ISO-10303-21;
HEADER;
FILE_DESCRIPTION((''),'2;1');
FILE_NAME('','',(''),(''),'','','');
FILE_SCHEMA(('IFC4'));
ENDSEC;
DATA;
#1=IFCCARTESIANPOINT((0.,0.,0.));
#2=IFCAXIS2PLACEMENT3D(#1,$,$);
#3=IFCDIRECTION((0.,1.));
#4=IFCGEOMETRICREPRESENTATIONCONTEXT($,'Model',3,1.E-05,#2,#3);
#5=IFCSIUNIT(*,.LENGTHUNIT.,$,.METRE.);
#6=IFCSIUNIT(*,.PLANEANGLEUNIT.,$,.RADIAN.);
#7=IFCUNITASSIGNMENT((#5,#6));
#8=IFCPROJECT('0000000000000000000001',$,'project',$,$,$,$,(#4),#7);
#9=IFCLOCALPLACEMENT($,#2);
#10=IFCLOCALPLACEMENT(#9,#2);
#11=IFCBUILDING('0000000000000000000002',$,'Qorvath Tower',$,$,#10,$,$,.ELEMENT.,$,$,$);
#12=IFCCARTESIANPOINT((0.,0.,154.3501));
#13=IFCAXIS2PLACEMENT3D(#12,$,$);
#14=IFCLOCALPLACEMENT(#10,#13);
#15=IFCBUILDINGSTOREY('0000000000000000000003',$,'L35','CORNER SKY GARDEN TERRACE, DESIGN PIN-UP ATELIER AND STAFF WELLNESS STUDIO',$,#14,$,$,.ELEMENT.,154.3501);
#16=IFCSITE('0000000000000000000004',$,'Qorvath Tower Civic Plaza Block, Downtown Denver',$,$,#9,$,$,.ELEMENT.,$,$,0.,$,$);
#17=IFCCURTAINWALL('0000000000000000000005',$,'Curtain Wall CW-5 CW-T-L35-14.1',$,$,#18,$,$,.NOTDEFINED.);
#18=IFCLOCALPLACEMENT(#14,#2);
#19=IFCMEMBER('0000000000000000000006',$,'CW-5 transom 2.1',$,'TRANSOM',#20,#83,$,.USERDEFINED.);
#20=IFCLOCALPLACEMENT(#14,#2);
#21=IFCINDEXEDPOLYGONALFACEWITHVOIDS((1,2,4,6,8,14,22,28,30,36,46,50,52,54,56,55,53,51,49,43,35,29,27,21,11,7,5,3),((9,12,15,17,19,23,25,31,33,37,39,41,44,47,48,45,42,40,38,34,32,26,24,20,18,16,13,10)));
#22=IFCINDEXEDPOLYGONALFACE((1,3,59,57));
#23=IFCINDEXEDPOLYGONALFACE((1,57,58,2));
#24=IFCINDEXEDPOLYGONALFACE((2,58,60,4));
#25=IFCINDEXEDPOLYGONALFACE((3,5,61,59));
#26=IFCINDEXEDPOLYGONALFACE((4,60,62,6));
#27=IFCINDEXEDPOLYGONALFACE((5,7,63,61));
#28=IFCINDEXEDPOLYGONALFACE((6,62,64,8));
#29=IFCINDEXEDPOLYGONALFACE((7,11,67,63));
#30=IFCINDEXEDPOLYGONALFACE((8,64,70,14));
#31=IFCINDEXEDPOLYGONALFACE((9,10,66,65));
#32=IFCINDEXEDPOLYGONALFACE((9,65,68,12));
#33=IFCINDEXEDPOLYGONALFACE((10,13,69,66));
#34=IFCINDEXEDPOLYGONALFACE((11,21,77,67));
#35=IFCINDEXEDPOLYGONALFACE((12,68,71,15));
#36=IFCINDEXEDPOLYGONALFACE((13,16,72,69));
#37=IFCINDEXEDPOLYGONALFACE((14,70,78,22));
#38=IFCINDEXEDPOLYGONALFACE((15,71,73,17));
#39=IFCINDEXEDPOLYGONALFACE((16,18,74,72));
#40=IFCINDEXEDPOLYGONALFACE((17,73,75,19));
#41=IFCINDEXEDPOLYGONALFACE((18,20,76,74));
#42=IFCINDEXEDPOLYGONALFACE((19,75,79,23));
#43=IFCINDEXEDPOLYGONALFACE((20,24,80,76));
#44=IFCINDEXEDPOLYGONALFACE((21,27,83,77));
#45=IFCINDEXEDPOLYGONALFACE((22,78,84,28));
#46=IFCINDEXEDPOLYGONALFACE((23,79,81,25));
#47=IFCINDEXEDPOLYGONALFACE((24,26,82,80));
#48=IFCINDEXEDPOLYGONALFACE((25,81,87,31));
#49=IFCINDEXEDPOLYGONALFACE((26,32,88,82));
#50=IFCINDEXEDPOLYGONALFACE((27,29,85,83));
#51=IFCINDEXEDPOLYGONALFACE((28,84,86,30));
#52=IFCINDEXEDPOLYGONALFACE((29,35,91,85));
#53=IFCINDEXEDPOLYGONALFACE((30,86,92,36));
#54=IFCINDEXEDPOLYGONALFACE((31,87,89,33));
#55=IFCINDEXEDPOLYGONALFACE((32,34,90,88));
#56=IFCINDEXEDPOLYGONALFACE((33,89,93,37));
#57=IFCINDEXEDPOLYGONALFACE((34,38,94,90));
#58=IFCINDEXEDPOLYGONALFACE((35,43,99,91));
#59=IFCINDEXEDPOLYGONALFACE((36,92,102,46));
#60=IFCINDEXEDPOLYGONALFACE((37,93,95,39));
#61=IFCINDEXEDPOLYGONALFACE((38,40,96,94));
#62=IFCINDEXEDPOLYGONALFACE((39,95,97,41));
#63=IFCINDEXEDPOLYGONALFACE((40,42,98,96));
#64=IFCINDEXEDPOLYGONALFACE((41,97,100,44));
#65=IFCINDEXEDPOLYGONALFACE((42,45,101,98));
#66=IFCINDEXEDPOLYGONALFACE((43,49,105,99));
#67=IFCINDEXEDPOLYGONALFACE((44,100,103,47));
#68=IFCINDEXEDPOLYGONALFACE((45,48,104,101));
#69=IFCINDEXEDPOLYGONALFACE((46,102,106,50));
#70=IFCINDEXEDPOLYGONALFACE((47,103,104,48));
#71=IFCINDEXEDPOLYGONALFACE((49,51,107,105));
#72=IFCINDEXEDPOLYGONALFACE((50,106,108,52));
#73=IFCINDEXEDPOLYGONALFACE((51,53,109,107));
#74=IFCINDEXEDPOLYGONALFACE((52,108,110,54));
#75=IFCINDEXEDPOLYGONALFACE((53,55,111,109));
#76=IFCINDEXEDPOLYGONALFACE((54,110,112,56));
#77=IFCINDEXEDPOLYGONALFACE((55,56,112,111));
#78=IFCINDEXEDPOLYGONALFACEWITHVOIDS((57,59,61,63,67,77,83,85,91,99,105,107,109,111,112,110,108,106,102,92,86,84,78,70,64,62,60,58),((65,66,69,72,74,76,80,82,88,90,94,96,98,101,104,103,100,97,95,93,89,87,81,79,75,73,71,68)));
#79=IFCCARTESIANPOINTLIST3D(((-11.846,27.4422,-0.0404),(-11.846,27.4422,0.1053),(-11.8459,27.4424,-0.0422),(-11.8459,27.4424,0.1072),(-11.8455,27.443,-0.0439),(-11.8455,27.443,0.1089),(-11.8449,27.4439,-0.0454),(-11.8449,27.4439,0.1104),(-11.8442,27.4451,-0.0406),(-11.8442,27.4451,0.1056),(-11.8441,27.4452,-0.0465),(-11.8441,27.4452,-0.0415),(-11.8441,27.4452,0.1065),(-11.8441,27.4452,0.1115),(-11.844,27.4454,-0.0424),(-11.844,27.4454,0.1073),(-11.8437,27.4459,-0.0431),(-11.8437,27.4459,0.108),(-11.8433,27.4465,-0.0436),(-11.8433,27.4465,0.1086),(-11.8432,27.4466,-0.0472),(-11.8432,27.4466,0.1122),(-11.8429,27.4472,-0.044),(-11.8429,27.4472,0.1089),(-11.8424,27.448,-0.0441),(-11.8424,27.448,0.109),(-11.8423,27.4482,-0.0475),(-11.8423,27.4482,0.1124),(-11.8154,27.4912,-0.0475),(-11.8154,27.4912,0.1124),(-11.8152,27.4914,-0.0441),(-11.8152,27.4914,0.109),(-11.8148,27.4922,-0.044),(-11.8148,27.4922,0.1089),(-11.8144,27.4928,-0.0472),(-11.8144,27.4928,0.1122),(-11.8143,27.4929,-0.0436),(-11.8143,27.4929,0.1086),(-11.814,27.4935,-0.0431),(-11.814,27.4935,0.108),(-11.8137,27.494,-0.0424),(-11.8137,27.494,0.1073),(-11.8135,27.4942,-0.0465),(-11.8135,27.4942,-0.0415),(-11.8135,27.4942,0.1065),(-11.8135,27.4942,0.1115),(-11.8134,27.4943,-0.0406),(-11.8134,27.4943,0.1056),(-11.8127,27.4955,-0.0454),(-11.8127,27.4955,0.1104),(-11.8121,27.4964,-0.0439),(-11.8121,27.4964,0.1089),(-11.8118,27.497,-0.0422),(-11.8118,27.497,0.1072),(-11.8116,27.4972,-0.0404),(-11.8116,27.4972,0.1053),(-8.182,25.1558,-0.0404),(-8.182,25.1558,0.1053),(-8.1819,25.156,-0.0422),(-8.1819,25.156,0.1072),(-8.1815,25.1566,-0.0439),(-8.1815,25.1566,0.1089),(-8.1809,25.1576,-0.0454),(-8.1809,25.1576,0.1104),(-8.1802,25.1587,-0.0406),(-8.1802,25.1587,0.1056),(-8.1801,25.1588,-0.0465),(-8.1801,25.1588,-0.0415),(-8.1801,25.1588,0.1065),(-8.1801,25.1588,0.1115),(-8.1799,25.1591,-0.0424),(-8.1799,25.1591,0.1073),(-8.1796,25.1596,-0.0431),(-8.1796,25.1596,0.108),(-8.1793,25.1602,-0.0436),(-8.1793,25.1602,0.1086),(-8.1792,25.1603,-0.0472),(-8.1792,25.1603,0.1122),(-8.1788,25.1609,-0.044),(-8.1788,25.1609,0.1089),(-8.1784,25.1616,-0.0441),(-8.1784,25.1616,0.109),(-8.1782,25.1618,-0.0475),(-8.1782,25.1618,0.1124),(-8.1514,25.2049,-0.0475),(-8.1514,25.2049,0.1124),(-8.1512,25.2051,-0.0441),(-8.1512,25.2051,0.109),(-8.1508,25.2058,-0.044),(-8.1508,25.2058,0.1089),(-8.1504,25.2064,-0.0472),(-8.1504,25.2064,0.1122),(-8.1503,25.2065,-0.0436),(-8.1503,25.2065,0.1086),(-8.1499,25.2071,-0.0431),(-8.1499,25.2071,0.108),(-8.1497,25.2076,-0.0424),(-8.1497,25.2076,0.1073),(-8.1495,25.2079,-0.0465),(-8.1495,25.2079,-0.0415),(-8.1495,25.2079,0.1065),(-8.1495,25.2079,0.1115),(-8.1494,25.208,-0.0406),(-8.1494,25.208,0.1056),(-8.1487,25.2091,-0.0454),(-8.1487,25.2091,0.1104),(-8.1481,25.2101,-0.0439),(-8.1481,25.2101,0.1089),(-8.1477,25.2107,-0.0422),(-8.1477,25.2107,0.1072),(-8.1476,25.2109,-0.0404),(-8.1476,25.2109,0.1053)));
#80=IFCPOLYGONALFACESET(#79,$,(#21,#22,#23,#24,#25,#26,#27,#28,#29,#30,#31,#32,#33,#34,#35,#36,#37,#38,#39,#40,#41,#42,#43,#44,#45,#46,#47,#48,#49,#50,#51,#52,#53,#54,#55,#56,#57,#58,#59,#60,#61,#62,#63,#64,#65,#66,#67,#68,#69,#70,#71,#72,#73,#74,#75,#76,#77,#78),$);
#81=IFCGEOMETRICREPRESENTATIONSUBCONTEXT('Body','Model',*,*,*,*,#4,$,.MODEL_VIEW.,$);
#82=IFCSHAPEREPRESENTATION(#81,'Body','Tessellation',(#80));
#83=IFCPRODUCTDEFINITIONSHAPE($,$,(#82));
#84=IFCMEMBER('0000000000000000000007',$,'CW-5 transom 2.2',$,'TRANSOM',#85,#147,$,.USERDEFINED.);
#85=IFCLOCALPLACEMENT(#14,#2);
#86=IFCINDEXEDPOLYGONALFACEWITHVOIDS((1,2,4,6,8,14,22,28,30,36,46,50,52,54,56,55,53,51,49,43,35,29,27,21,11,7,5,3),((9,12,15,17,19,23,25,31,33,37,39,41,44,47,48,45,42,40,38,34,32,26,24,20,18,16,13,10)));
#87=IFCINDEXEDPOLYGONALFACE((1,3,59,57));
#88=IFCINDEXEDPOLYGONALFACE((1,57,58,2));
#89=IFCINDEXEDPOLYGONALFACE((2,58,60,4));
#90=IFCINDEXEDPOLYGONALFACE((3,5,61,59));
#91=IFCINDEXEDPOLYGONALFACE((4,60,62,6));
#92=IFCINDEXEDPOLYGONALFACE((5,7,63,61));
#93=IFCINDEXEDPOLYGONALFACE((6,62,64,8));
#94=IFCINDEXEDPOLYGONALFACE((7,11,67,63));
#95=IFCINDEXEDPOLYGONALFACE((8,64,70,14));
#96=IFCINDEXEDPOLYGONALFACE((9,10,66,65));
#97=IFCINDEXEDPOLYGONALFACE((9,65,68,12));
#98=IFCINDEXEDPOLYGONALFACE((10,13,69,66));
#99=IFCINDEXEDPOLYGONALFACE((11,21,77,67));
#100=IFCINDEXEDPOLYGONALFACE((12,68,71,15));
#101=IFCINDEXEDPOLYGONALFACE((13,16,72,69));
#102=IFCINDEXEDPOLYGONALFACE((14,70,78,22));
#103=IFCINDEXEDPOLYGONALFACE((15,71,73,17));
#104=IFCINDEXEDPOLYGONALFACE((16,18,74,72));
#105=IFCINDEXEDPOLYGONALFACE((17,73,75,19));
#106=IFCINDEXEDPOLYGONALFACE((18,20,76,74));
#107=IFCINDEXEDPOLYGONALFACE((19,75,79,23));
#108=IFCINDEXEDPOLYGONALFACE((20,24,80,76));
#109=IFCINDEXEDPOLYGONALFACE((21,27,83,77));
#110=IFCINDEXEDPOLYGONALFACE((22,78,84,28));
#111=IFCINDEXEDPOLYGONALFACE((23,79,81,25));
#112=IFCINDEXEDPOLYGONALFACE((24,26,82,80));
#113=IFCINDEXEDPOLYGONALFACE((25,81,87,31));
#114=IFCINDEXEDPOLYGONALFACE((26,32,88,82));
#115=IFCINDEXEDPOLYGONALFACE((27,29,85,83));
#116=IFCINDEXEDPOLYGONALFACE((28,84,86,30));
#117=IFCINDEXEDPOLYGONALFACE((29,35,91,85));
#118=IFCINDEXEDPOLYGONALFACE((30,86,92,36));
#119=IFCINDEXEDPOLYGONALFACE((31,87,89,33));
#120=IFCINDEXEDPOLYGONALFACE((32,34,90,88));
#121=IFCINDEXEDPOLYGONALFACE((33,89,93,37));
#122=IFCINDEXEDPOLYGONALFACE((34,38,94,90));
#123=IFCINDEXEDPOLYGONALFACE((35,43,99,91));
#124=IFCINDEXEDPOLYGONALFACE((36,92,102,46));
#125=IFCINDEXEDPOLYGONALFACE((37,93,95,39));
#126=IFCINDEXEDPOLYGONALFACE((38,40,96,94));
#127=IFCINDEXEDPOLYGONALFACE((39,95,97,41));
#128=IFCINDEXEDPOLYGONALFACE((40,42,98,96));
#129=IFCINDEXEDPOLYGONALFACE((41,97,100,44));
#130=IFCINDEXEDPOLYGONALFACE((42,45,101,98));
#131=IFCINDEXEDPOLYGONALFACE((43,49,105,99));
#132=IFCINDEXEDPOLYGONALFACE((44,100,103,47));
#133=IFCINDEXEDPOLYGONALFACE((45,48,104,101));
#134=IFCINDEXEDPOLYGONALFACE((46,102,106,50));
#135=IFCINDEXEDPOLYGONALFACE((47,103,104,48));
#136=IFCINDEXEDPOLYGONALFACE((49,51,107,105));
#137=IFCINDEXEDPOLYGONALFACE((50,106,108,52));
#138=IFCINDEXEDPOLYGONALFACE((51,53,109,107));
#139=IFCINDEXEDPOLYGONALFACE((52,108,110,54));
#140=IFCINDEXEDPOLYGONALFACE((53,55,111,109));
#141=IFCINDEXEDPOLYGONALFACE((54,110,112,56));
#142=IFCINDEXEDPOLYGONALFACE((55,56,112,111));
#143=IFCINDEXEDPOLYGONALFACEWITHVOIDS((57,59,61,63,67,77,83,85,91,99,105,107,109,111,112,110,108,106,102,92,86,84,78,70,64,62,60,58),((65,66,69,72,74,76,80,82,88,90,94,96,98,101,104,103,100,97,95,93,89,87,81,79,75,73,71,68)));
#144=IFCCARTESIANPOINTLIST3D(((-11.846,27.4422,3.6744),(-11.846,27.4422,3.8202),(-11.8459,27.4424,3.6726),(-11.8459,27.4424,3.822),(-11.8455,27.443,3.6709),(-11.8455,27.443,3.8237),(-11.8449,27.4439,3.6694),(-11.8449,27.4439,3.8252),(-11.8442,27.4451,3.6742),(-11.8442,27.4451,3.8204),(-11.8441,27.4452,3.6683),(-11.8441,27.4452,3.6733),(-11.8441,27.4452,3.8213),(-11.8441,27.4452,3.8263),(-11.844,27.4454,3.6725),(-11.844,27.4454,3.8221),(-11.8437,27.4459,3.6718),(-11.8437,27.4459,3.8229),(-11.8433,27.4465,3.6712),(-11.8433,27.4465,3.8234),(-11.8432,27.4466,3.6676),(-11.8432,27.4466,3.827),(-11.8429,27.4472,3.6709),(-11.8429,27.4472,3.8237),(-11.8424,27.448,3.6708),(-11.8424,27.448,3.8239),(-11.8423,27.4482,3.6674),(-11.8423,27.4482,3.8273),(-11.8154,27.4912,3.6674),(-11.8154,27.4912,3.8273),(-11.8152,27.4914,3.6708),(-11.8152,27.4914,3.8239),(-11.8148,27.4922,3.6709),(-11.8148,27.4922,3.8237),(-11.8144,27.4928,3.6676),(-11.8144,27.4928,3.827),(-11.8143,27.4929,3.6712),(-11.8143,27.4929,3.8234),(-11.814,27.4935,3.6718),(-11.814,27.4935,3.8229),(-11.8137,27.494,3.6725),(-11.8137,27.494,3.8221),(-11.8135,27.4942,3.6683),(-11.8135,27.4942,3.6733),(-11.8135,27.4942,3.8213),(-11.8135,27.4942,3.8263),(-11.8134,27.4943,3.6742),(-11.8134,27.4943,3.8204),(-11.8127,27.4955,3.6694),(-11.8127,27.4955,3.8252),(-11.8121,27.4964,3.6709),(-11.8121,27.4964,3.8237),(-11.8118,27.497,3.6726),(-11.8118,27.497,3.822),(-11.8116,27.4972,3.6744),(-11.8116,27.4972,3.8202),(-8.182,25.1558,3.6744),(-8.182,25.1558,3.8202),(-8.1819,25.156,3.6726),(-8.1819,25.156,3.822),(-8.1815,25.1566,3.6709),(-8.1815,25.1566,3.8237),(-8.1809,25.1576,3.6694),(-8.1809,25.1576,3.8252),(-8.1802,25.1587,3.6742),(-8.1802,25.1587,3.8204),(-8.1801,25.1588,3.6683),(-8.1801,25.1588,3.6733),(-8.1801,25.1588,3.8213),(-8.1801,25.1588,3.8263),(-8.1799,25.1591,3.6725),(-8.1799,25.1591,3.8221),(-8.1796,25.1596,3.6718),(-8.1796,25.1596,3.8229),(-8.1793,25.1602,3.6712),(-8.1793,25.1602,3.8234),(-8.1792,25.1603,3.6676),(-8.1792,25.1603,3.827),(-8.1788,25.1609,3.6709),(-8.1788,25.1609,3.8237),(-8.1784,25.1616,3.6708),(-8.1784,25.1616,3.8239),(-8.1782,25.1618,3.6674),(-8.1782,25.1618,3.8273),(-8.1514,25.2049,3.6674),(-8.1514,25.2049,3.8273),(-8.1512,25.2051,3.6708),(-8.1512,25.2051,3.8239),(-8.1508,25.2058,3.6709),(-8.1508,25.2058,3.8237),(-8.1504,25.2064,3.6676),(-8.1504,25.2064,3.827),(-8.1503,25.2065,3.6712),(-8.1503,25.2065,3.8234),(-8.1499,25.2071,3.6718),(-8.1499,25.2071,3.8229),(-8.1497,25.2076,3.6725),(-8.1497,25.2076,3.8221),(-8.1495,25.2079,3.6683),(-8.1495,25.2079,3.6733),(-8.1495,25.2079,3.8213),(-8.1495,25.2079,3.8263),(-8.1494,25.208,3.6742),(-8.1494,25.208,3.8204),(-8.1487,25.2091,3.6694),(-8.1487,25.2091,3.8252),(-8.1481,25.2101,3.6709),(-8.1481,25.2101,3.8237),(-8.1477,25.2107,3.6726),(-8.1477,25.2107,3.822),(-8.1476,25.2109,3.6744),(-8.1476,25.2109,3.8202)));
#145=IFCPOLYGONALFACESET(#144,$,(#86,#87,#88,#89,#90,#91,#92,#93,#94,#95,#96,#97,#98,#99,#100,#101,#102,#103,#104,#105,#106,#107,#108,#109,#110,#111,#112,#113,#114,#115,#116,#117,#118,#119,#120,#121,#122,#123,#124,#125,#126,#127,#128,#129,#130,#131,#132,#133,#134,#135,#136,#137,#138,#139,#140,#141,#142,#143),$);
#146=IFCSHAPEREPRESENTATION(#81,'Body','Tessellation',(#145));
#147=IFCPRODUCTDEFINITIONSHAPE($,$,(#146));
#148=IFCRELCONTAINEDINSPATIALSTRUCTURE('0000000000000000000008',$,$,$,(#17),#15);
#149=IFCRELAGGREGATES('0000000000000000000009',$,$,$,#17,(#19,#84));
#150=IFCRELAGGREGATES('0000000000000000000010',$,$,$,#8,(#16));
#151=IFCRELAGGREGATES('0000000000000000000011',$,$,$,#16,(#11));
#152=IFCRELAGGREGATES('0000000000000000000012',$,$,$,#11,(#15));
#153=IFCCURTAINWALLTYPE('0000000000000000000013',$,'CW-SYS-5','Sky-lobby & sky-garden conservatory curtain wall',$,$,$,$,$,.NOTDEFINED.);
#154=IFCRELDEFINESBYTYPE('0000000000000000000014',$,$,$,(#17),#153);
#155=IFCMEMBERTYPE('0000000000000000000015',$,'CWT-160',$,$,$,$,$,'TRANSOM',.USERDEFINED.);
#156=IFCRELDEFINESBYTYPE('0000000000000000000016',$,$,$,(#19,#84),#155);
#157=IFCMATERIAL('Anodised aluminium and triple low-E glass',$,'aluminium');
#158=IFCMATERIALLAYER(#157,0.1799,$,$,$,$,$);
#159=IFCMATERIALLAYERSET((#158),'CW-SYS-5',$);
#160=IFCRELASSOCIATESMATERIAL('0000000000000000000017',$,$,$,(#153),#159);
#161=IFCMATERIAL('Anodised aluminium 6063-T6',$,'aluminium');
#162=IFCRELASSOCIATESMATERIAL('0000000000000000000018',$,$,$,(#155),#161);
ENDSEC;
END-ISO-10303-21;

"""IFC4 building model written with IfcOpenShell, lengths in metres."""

from ifc_helpers import new_model, si_unit, direction, frame, origin, origin_2d, place, context, subcontext, project, spatial, hollow_rectangle, extrude, material, layer, layer_set, material_profile, profile_set, type_object, element, aggregate, save


model = new_model("IFC4")

# Units and contexts
model_context = context("Model", 3, precision=1e-05, world=origin(), true_north=direction((0.0, 1.0)))
body_context = subcontext(model_context, "Body", "Model", "MODEL_VIEW")
ifc_project = project(units=[si_unit("LENGTHUNIT", "METRE"), si_unit("PLANEANGLEUNIT", "RADIAN")], contexts=[model_context])

# Site, building, storey
site_placement = place(None, origin())
site = spatial("IfcSite", under=ifc_project, at=site_placement, Name="Qorvath Tower Civic Plaza Block, Downtown Denver", CompositionType="ELEMENT", RefElevation=0.0)
building_placement = place(site_placement, origin())
building = spatial("IfcBuilding", under=site, at=building_placement, Name="Qorvath Tower", CompositionType="ELEMENT")
storey_placement = place(building_placement, frame((0.0, 0.0, 154.3501)))
storey = spatial("IfcBuildingStorey", under=building, at=storey_placement, Name="L35", Description="CORNER SKY GARDEN TERRACE, DESIGN PIN-UP ATELIER AND STAFF WELLNESS STUDIO", CompositionType="ELEMENT", Elevation=154.3501)

# Shared definitions
ifc_material_1 = material(Name="Anodised aluminium and triple low-E glass", Category="aluminium")
ifc_layer_1 = layer(ifc_material_1, 0.1799)
ifc_layer_set_1 = layer_set([ifc_layer_1], Name="CW-SYS-5")
curtain_wall_type = type_object("IfcCurtainWallType", Name="CW-SYS-5", Description="Sky-lobby & sky-garden conservatory curtain wall", PredefinedType="NOTDEFINED", material=ifc_layer_set_1)

# Curtain wall
curtain_wall_1_placement = place(storey_placement, origin())
curtain_wall_1 = element("IfcCurtainWall", 1, at=curtain_wall_1_placement, inside=storey, type_object=curtain_wall_type, Name="Curtain Wall CW-5 CW-T-L35-14.1", PredefinedType="NOTDEFINED")

# Members
ifc_material_2 = material(Name="Anodised aluminium 6063-T6", Category="aluminium")
ifc_material_profile_1 = material_profile(ifc_material_2, hollow_rectangle(XDim=0.0649, YDim=0.1599, WallThickness=0.0034, InnerFilletRadius=0.0034, OuterFilletRadius=0.0071, at=origin_2d()), Name="CWT 160x65")
ifc_profile_set_1 = profile_set([ifc_material_profile_1], Name="Anodised aluminium 6063-T6")
member_type_1 = type_object("IfcMemberType", Name="CWT-160", ElementType="TRANSOM", PredefinedType="USERDEFINED", material=ifc_profile_set_1)
member_1_placement = place(storey_placement, frame((-8.1648, 25.1833, 0.0325), z_axis=(-0.848379, 0.529389, 0.0), x_axis=(-0.529389, -0.848379, 0.0)))
member_1 = element("IfcMember", 2, at=member_1_placement, type_object=member_type_1, Name="CW-5 transom 2.1", ObjectType="TRANSOM", PredefinedType="USERDEFINED", context=body_context, shape_type="SweptSolid", body=[
    extrude(hollow_rectangle(XDim=0.0649, YDim=0.1599, WallThickness=0.0034, InnerFilletRadius=0.0034, OuterFilletRadius=0.0071, at=origin_2d()), origin(), (0.0, 0.0, 1.0), 4.3188),
])
member_2_placement = place(storey_placement, frame((-8.1648, 25.1833, 3.7473), z_axis=(-0.848379, 0.529389, 0.0), x_axis=(-0.529389, -0.848379, 0.0)))
member_2 = element("IfcMember", 3, at=member_2_placement, type_object=member_type_1, Name="CW-5 transom 2.2", ObjectType="TRANSOM", PredefinedType="USERDEFINED", context=body_context, shape_type="SweptSolid", body=[
    extrude(hollow_rectangle(XDim=0.0649, YDim=0.1599, WallThickness=0.0034, InnerFilletRadius=0.0034, OuterFilletRadius=0.0071, at=origin_2d()), origin(), (0.0, 0.0, 1.0), 4.3188),
])

aggregate(curtain_wall_1, [member_1, member_2])

save(model, "model.ifc")
